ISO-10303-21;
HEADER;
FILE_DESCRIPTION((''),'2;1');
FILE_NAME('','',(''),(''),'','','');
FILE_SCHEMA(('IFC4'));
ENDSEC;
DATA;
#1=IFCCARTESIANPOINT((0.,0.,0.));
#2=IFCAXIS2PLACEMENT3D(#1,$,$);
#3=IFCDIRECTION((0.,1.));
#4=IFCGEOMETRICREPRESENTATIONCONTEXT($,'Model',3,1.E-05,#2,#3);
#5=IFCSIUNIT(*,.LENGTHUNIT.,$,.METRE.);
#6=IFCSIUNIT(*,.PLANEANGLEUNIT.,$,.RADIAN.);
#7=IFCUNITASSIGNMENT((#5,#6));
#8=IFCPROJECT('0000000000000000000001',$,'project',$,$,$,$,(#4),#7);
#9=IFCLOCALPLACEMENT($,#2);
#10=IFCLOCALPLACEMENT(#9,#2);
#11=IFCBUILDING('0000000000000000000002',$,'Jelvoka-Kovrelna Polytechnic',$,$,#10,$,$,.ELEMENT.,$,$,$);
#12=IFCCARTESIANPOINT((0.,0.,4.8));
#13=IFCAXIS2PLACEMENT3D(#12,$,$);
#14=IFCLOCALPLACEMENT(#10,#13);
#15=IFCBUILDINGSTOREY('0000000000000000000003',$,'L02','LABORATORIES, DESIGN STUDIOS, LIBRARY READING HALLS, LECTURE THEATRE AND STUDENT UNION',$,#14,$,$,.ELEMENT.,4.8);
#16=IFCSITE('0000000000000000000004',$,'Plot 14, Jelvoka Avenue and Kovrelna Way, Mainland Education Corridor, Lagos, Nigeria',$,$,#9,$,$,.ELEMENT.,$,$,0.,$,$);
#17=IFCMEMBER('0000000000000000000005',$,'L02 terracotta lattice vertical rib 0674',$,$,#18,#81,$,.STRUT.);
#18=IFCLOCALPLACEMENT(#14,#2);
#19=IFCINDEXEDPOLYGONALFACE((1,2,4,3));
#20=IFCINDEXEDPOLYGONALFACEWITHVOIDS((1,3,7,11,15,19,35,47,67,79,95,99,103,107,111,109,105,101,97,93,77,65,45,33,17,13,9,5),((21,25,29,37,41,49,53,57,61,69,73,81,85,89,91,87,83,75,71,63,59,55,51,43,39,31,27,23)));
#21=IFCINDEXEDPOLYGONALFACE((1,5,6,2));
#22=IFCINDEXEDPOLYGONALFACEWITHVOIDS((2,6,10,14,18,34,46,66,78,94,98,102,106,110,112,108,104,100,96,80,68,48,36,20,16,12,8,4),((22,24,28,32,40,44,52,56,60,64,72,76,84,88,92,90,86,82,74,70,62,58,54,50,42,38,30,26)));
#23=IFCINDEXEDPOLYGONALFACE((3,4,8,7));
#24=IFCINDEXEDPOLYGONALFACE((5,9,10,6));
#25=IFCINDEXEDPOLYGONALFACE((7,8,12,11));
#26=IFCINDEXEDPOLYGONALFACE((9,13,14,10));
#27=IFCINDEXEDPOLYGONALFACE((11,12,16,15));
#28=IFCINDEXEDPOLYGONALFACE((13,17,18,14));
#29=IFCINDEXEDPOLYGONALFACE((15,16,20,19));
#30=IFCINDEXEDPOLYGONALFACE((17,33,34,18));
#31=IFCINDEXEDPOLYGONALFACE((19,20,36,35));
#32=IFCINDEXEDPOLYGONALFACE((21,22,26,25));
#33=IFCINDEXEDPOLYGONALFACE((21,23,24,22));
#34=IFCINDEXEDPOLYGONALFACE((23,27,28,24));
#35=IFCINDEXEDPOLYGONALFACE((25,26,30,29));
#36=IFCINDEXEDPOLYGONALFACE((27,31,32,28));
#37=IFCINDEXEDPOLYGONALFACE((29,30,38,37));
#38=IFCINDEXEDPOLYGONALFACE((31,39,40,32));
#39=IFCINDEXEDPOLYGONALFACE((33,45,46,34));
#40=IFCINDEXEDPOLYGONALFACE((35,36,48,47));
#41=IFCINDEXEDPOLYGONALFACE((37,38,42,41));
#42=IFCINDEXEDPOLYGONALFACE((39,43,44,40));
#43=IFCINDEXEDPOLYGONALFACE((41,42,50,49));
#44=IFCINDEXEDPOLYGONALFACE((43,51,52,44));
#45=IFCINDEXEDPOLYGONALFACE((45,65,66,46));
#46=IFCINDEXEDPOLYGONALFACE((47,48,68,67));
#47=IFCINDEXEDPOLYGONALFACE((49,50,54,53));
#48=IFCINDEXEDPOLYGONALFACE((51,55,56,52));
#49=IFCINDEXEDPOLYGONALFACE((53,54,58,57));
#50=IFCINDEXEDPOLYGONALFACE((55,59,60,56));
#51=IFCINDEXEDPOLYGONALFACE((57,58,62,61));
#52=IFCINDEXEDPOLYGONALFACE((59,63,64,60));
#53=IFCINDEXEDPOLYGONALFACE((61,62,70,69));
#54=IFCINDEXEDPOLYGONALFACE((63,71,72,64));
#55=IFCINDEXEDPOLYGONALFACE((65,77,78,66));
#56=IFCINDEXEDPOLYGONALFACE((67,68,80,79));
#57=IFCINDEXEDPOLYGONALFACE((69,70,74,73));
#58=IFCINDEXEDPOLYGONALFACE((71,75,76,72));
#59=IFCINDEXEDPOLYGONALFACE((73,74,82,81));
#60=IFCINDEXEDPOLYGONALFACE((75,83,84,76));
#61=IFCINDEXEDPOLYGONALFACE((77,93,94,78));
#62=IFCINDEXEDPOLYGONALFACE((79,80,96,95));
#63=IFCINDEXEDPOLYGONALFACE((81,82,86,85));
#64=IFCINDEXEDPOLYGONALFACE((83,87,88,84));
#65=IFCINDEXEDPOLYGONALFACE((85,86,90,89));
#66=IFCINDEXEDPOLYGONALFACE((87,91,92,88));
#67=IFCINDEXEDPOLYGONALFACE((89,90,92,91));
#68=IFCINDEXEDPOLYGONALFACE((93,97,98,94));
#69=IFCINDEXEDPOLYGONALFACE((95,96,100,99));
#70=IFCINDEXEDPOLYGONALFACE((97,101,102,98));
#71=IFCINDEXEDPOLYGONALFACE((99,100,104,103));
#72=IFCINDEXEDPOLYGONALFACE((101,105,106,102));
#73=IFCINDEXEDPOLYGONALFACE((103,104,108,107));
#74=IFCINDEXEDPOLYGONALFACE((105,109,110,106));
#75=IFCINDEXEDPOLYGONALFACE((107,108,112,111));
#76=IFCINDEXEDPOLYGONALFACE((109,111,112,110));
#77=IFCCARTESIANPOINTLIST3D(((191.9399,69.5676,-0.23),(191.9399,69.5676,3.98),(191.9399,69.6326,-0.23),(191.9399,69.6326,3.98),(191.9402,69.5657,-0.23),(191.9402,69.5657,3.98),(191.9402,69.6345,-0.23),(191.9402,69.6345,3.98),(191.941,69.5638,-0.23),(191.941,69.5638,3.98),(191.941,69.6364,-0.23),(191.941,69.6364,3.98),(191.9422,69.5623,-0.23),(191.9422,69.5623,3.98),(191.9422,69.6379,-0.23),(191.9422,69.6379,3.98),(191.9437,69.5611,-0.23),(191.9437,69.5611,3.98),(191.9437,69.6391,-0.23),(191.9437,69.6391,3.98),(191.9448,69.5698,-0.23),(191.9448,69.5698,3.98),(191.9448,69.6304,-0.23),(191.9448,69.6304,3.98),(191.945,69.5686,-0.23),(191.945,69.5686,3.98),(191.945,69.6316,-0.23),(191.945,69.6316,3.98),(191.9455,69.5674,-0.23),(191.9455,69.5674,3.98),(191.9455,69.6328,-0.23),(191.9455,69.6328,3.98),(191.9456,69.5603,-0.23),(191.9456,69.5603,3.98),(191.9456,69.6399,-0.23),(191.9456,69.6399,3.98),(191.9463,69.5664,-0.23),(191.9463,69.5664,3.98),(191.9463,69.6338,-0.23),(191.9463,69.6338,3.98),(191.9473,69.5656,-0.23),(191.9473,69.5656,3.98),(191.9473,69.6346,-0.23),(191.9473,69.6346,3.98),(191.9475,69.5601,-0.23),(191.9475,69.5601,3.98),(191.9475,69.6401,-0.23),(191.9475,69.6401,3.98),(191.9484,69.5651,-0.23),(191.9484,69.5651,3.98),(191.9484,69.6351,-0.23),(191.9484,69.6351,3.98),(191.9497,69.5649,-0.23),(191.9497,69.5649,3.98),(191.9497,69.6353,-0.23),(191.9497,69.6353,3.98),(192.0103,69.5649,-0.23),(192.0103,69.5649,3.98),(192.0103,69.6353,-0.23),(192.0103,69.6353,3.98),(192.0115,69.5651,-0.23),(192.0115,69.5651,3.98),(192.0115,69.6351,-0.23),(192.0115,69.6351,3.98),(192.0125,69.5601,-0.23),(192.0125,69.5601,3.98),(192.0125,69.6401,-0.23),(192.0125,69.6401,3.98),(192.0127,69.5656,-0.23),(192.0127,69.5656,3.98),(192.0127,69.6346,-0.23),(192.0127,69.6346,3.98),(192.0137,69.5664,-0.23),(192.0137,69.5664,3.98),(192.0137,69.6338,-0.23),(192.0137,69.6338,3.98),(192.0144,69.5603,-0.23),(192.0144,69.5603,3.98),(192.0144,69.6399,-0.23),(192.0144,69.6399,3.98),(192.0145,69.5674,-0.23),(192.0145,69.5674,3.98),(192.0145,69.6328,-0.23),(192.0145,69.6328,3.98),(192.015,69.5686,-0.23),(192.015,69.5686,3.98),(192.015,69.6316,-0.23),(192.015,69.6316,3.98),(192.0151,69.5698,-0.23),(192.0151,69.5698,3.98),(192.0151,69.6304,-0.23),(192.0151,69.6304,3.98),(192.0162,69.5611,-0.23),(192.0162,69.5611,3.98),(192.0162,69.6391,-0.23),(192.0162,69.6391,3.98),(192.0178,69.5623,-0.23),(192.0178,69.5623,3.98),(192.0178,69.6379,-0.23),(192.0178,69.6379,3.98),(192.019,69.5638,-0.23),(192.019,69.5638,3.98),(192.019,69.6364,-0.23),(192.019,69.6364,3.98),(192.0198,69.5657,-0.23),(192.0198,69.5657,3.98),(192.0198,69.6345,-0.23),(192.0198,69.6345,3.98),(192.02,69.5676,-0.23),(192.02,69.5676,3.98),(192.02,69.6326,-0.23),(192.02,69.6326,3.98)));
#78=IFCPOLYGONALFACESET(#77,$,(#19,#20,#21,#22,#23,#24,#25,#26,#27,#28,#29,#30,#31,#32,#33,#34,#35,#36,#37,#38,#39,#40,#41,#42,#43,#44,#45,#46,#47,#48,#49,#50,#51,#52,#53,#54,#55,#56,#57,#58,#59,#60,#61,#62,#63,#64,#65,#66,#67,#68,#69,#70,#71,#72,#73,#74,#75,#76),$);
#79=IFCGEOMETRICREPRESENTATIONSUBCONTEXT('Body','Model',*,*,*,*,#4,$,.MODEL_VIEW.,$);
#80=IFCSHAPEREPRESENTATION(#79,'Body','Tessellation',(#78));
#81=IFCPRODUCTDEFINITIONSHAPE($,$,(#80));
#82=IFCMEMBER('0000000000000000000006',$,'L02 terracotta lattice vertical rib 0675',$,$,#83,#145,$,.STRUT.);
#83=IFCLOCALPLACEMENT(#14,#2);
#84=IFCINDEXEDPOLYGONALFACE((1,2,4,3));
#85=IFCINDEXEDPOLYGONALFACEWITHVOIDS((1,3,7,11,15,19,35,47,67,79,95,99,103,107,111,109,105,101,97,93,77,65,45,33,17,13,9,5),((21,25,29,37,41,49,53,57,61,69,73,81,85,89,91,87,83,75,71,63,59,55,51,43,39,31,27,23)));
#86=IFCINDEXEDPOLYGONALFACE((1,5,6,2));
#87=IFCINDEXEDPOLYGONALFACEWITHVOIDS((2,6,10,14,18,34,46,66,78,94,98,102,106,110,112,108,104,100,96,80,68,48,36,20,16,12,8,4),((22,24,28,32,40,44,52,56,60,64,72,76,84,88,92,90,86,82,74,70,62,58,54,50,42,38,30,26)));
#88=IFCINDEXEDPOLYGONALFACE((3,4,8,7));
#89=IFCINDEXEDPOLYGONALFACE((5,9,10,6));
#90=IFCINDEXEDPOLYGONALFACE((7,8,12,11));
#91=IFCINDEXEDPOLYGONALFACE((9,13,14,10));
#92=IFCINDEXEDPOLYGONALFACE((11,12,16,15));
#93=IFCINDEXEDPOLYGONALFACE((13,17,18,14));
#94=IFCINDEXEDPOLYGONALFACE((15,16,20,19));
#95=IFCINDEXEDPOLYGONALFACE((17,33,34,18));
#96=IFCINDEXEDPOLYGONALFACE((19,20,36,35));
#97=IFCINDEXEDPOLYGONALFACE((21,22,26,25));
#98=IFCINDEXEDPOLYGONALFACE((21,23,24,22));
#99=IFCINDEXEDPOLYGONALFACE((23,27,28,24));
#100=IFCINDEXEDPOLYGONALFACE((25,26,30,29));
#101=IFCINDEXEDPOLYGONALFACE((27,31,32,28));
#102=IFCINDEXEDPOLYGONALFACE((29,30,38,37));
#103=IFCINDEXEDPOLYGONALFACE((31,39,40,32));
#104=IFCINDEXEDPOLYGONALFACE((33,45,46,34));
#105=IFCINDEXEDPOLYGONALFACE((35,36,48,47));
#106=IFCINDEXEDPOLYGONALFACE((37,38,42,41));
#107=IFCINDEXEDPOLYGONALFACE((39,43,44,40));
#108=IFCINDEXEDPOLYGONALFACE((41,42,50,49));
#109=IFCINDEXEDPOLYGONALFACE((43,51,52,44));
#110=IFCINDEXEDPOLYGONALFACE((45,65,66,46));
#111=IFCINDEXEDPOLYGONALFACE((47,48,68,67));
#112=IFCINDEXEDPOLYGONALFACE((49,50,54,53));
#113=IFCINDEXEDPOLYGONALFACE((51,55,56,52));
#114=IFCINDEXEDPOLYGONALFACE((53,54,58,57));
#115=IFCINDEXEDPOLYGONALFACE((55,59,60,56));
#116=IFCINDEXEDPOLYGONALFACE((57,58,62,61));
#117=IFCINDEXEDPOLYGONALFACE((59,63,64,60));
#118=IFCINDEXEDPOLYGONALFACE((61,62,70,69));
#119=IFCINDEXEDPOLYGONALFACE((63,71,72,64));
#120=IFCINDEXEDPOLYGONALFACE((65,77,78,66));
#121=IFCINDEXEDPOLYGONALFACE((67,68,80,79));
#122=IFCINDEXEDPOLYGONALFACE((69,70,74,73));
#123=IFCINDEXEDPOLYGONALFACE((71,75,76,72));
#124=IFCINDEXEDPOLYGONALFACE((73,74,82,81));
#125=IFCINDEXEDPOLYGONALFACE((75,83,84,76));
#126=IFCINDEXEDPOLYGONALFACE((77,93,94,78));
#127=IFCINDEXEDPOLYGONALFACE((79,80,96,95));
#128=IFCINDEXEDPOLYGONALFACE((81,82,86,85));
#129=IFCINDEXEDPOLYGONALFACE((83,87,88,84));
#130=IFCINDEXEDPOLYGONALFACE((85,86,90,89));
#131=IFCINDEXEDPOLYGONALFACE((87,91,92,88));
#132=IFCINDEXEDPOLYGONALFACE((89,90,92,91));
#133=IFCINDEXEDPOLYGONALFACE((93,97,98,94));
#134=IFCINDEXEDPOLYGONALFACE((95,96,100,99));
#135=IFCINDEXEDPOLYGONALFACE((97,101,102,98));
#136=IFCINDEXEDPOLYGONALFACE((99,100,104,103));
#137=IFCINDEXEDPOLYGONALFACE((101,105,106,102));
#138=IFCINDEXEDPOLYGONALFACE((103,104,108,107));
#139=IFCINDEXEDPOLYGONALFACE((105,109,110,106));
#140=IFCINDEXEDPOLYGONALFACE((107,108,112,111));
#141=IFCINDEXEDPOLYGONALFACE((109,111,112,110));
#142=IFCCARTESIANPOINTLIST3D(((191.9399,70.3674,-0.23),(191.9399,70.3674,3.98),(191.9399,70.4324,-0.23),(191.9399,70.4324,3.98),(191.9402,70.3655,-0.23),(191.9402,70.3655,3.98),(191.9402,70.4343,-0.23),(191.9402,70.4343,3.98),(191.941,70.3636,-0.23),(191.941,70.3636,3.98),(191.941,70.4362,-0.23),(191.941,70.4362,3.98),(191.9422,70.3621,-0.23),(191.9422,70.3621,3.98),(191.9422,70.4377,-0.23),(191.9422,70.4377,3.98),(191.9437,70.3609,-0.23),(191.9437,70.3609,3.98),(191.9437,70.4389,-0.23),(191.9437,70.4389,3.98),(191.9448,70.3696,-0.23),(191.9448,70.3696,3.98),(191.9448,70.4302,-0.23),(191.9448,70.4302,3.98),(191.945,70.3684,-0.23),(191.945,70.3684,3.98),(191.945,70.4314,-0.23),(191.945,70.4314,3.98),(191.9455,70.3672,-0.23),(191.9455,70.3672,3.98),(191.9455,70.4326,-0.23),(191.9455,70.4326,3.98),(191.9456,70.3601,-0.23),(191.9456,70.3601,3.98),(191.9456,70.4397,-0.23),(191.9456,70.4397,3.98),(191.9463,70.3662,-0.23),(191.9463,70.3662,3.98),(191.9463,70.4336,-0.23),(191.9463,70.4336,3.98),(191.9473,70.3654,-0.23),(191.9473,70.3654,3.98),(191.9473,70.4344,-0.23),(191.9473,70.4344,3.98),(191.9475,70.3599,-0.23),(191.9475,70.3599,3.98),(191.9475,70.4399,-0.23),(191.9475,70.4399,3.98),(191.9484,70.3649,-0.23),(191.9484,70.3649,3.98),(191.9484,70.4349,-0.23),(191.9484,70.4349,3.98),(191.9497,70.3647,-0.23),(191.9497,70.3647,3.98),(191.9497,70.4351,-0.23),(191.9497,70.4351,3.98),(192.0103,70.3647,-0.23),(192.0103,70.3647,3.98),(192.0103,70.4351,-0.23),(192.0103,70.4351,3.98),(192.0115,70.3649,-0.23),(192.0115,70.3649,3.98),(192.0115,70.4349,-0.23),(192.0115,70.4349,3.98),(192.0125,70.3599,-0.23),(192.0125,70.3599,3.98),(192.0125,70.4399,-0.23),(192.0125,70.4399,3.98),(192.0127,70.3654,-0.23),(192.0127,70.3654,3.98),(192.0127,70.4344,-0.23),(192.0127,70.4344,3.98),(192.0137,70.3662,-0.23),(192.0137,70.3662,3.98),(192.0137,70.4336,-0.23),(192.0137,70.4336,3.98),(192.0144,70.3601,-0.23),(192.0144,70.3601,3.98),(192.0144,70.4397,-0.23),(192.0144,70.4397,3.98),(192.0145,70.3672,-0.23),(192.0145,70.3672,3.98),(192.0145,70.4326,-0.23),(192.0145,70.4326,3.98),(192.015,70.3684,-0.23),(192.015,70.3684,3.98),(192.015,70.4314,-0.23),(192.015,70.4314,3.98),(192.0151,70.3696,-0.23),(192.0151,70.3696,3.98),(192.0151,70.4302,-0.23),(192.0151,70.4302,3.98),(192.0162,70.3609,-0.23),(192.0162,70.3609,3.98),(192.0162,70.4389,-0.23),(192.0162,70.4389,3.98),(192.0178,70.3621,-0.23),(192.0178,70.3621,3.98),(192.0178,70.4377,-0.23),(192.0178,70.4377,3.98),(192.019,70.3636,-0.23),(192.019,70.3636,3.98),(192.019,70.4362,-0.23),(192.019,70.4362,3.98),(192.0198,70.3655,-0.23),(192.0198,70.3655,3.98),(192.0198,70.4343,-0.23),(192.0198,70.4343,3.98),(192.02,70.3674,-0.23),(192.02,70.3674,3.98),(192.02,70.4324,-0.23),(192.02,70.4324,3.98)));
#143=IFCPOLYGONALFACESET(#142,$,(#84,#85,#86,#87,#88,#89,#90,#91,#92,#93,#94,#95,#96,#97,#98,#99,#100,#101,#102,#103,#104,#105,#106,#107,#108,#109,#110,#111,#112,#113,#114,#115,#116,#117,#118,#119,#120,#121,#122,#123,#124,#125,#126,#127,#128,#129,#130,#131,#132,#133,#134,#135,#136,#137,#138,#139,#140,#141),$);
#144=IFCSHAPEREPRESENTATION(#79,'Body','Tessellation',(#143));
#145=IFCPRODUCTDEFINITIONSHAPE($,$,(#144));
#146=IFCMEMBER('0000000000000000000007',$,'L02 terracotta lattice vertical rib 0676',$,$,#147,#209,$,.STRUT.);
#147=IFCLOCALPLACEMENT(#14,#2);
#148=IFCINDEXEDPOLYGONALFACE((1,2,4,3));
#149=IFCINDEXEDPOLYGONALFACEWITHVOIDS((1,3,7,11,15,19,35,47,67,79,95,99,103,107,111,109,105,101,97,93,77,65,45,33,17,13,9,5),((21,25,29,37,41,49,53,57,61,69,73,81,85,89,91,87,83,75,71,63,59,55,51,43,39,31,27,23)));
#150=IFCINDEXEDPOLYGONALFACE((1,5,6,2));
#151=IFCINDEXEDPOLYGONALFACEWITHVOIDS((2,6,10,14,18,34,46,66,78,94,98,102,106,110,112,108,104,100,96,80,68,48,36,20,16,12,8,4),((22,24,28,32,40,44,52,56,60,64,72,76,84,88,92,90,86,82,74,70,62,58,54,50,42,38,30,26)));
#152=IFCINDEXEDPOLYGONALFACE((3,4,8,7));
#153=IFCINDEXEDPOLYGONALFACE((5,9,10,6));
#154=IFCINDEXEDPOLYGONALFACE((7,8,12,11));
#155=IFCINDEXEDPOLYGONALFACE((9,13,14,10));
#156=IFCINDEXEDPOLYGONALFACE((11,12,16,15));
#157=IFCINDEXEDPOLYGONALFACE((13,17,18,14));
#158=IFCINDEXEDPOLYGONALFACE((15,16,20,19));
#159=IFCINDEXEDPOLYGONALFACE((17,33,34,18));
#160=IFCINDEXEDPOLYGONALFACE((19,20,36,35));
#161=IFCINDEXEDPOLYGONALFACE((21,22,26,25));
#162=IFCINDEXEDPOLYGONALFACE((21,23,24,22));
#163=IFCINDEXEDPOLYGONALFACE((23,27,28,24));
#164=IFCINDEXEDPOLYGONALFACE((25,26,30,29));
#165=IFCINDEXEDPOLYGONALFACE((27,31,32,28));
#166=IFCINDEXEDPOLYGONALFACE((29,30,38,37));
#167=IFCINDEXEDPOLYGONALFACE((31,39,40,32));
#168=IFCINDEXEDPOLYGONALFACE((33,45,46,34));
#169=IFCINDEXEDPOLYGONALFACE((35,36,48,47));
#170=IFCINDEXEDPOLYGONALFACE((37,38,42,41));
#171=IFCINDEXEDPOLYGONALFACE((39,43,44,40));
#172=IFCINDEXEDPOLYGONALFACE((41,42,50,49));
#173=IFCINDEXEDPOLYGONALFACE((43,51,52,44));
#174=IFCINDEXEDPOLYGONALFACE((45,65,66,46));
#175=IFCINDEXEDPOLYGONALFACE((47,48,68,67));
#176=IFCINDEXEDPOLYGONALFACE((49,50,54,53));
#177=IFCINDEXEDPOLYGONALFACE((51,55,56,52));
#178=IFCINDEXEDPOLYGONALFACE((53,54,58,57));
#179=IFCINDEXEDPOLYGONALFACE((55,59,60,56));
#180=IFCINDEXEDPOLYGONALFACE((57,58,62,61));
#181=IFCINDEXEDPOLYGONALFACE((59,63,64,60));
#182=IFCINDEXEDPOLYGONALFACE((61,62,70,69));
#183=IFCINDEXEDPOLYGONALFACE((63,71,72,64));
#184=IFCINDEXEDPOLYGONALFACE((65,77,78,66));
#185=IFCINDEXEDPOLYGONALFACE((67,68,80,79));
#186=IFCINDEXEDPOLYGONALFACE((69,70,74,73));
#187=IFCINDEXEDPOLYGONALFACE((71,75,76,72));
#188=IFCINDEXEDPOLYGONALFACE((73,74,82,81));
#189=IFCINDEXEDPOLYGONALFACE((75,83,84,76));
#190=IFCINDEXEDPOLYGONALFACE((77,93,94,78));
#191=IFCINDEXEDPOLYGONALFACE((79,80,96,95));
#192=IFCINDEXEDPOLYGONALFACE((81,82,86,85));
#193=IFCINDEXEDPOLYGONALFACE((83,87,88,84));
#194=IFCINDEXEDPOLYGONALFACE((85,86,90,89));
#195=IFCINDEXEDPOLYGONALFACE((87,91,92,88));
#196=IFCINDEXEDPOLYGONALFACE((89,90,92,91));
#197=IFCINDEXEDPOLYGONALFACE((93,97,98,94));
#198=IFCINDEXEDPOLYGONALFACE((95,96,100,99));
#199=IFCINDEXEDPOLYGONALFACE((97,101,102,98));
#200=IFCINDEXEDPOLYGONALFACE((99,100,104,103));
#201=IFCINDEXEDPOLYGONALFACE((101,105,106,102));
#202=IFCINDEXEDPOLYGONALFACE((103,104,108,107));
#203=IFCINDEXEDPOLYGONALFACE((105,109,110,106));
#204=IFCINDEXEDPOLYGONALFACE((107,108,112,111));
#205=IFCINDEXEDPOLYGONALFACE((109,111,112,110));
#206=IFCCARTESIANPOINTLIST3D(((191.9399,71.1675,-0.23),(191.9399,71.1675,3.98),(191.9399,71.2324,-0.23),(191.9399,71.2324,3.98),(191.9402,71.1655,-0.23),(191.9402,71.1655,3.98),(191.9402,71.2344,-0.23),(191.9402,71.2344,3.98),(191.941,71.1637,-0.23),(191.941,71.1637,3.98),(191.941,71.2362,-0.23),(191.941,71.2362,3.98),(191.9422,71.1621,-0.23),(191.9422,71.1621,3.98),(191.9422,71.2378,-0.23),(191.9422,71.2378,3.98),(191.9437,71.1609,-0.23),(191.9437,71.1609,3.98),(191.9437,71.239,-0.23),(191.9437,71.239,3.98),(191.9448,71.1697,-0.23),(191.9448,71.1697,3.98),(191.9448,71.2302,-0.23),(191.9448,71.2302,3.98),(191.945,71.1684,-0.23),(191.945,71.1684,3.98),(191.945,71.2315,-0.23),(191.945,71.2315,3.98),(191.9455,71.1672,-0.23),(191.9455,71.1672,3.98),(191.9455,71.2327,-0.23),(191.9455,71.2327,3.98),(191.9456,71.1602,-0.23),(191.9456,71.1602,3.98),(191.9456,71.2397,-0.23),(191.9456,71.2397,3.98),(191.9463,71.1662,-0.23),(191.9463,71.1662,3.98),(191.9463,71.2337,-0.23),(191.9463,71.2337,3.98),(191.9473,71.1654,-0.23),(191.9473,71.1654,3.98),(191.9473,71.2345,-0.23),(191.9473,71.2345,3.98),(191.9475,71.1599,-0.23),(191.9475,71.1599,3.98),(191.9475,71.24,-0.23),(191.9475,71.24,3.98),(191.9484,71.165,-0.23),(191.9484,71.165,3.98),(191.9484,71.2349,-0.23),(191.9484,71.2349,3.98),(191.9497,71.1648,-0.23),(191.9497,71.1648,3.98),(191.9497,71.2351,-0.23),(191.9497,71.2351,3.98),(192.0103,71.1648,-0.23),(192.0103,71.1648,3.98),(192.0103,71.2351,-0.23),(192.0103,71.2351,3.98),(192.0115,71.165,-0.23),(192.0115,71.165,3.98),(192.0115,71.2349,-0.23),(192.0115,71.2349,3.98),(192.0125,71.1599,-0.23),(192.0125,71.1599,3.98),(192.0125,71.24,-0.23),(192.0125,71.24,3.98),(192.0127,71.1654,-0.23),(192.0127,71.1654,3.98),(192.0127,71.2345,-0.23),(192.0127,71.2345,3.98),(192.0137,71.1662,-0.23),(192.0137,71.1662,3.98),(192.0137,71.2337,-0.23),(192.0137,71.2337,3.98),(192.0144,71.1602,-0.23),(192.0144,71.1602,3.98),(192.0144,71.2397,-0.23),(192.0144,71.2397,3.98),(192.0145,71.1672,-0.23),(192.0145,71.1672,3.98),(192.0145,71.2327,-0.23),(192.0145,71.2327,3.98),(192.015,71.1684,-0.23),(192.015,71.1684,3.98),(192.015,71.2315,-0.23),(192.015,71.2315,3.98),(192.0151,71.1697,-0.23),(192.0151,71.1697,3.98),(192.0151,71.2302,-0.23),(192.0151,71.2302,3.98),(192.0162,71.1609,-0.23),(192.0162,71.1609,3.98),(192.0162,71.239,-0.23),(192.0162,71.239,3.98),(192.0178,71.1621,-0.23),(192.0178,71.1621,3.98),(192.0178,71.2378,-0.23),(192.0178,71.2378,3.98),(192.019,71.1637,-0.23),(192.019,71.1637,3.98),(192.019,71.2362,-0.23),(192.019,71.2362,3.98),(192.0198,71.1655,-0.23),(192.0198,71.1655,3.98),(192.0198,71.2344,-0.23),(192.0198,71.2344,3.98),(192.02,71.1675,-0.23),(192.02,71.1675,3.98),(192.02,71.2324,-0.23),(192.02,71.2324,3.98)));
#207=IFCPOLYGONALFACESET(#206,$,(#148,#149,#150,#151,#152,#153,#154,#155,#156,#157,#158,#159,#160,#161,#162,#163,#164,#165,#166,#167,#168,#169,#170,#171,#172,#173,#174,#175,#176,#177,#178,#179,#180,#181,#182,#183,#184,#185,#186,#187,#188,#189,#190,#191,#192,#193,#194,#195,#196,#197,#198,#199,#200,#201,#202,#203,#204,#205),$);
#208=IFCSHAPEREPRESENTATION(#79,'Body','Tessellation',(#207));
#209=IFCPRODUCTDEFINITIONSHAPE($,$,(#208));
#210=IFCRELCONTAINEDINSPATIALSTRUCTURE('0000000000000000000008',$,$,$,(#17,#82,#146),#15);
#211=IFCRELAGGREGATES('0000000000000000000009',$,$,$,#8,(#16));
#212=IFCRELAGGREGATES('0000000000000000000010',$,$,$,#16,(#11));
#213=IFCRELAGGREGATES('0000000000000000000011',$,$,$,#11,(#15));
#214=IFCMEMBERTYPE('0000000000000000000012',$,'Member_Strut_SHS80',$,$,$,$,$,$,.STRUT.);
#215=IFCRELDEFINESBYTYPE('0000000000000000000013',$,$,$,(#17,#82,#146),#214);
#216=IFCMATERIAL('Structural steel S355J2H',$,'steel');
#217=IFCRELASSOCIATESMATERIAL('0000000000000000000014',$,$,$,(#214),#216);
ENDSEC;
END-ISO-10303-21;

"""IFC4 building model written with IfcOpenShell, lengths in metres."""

from ifc_helpers import new_model, si_unit, direction, frame, origin, origin_2d, place, context, subcontext, project, spatial, hollow_rectangle, extrude, material, material_profile, profile_set, type_object, element, save


model = new_model("IFC4")

# Units and contexts
model_context = context("Model", 3, precision=1e-05, world=origin(), true_north=direction((0.0, 1.0)))
body_context = subcontext(model_context, "Body", "Model", "MODEL_VIEW")
ifc_project = project(units=[si_unit("LENGTHUNIT", "METRE"), si_unit("PLANEANGLEUNIT", "RADIAN")], contexts=[model_context])

# Site, building, storey
site_placement = place(None, origin())
site = spatial("IfcSite", under=ifc_project, at=site_placement, Name="Plot 14, Jelvoka Avenue and Kovrelna Way, Mainland Education Corridor, Lagos, Nigeria", CompositionType="ELEMENT", RefElevation=0.0)
building_placement = place(site_placement, origin())
building = spatial("IfcBuilding", under=site, at=building_placement, Name="Jelvoka-Kovrelna Polytechnic", CompositionType="ELEMENT")
storey_placement = place(building_placement, frame((0.0, 0.0, 4.8)))
storey = spatial("IfcBuildingStorey", under=building, at=storey_placement, Name="L02", Description="LABORATORIES, DESIGN STUDIOS, LIBRARY READING HALLS, LECTURE THEATRE AND STUDENT UNION", CompositionType="ELEMENT", Elevation=4.8)

# Members
ifc_material_1 = material(Name="Structural steel S355J2H", Category="steel")
ifc_material_profile_1 = material_profile(ifc_material_1, hollow_rectangle(XDim=0.0801, YDim=0.0801, WallThickness=0.0049, InnerFilletRadius=0.0049, OuterFilletRadius=0.0076, at=origin_2d()), Name="80x80x5.0 SHS")
ifc_profile_set_1 = profile_set([ifc_material_profile_1], Name="Structural steel S355J2H")
member_type_1 = type_object("IfcMemberType", Name="Member_Strut_SHS80", PredefinedType="STRUT", material=ifc_profile_set_1)
for number, where, z_axis, x_axis, name in (
    (1, (191.98, 69.6001, -0.23), (0.0, 0.0, 1.0), (1.0, 0.0, 0.0), "L02 terracotta lattice vertical rib 0674"),
    (2, (191.98, 70.3999, -0.23), (0.0, 0.0, 1.0), (1.0, 0.0, 0.0), "L02 terracotta lattice vertical rib 0675"),
    (3, (191.98, 71.2, -0.23), (0.0, 0.0, 1.0), (1.0, 0.0, 0.0), "L02 terracotta lattice vertical rib 0676"),
):
    element("IfcMember", number, at=place(storey_placement, frame(where, z_axis=z_axis, x_axis=x_axis)), inside=storey, type_object=member_type_1, Name=name, PredefinedType="STRUT", context=body_context, shape_type="SweptSolid", body=[
        extrude(hollow_rectangle(XDim=0.0801, YDim=0.0801, WallThickness=0.0049, InnerFilletRadius=0.0049, OuterFilletRadius=0.0076, at=origin_2d()), origin(), (0.0, 0.0, 1.0), 4.21),
    ])

save(model, "model.ifc")
